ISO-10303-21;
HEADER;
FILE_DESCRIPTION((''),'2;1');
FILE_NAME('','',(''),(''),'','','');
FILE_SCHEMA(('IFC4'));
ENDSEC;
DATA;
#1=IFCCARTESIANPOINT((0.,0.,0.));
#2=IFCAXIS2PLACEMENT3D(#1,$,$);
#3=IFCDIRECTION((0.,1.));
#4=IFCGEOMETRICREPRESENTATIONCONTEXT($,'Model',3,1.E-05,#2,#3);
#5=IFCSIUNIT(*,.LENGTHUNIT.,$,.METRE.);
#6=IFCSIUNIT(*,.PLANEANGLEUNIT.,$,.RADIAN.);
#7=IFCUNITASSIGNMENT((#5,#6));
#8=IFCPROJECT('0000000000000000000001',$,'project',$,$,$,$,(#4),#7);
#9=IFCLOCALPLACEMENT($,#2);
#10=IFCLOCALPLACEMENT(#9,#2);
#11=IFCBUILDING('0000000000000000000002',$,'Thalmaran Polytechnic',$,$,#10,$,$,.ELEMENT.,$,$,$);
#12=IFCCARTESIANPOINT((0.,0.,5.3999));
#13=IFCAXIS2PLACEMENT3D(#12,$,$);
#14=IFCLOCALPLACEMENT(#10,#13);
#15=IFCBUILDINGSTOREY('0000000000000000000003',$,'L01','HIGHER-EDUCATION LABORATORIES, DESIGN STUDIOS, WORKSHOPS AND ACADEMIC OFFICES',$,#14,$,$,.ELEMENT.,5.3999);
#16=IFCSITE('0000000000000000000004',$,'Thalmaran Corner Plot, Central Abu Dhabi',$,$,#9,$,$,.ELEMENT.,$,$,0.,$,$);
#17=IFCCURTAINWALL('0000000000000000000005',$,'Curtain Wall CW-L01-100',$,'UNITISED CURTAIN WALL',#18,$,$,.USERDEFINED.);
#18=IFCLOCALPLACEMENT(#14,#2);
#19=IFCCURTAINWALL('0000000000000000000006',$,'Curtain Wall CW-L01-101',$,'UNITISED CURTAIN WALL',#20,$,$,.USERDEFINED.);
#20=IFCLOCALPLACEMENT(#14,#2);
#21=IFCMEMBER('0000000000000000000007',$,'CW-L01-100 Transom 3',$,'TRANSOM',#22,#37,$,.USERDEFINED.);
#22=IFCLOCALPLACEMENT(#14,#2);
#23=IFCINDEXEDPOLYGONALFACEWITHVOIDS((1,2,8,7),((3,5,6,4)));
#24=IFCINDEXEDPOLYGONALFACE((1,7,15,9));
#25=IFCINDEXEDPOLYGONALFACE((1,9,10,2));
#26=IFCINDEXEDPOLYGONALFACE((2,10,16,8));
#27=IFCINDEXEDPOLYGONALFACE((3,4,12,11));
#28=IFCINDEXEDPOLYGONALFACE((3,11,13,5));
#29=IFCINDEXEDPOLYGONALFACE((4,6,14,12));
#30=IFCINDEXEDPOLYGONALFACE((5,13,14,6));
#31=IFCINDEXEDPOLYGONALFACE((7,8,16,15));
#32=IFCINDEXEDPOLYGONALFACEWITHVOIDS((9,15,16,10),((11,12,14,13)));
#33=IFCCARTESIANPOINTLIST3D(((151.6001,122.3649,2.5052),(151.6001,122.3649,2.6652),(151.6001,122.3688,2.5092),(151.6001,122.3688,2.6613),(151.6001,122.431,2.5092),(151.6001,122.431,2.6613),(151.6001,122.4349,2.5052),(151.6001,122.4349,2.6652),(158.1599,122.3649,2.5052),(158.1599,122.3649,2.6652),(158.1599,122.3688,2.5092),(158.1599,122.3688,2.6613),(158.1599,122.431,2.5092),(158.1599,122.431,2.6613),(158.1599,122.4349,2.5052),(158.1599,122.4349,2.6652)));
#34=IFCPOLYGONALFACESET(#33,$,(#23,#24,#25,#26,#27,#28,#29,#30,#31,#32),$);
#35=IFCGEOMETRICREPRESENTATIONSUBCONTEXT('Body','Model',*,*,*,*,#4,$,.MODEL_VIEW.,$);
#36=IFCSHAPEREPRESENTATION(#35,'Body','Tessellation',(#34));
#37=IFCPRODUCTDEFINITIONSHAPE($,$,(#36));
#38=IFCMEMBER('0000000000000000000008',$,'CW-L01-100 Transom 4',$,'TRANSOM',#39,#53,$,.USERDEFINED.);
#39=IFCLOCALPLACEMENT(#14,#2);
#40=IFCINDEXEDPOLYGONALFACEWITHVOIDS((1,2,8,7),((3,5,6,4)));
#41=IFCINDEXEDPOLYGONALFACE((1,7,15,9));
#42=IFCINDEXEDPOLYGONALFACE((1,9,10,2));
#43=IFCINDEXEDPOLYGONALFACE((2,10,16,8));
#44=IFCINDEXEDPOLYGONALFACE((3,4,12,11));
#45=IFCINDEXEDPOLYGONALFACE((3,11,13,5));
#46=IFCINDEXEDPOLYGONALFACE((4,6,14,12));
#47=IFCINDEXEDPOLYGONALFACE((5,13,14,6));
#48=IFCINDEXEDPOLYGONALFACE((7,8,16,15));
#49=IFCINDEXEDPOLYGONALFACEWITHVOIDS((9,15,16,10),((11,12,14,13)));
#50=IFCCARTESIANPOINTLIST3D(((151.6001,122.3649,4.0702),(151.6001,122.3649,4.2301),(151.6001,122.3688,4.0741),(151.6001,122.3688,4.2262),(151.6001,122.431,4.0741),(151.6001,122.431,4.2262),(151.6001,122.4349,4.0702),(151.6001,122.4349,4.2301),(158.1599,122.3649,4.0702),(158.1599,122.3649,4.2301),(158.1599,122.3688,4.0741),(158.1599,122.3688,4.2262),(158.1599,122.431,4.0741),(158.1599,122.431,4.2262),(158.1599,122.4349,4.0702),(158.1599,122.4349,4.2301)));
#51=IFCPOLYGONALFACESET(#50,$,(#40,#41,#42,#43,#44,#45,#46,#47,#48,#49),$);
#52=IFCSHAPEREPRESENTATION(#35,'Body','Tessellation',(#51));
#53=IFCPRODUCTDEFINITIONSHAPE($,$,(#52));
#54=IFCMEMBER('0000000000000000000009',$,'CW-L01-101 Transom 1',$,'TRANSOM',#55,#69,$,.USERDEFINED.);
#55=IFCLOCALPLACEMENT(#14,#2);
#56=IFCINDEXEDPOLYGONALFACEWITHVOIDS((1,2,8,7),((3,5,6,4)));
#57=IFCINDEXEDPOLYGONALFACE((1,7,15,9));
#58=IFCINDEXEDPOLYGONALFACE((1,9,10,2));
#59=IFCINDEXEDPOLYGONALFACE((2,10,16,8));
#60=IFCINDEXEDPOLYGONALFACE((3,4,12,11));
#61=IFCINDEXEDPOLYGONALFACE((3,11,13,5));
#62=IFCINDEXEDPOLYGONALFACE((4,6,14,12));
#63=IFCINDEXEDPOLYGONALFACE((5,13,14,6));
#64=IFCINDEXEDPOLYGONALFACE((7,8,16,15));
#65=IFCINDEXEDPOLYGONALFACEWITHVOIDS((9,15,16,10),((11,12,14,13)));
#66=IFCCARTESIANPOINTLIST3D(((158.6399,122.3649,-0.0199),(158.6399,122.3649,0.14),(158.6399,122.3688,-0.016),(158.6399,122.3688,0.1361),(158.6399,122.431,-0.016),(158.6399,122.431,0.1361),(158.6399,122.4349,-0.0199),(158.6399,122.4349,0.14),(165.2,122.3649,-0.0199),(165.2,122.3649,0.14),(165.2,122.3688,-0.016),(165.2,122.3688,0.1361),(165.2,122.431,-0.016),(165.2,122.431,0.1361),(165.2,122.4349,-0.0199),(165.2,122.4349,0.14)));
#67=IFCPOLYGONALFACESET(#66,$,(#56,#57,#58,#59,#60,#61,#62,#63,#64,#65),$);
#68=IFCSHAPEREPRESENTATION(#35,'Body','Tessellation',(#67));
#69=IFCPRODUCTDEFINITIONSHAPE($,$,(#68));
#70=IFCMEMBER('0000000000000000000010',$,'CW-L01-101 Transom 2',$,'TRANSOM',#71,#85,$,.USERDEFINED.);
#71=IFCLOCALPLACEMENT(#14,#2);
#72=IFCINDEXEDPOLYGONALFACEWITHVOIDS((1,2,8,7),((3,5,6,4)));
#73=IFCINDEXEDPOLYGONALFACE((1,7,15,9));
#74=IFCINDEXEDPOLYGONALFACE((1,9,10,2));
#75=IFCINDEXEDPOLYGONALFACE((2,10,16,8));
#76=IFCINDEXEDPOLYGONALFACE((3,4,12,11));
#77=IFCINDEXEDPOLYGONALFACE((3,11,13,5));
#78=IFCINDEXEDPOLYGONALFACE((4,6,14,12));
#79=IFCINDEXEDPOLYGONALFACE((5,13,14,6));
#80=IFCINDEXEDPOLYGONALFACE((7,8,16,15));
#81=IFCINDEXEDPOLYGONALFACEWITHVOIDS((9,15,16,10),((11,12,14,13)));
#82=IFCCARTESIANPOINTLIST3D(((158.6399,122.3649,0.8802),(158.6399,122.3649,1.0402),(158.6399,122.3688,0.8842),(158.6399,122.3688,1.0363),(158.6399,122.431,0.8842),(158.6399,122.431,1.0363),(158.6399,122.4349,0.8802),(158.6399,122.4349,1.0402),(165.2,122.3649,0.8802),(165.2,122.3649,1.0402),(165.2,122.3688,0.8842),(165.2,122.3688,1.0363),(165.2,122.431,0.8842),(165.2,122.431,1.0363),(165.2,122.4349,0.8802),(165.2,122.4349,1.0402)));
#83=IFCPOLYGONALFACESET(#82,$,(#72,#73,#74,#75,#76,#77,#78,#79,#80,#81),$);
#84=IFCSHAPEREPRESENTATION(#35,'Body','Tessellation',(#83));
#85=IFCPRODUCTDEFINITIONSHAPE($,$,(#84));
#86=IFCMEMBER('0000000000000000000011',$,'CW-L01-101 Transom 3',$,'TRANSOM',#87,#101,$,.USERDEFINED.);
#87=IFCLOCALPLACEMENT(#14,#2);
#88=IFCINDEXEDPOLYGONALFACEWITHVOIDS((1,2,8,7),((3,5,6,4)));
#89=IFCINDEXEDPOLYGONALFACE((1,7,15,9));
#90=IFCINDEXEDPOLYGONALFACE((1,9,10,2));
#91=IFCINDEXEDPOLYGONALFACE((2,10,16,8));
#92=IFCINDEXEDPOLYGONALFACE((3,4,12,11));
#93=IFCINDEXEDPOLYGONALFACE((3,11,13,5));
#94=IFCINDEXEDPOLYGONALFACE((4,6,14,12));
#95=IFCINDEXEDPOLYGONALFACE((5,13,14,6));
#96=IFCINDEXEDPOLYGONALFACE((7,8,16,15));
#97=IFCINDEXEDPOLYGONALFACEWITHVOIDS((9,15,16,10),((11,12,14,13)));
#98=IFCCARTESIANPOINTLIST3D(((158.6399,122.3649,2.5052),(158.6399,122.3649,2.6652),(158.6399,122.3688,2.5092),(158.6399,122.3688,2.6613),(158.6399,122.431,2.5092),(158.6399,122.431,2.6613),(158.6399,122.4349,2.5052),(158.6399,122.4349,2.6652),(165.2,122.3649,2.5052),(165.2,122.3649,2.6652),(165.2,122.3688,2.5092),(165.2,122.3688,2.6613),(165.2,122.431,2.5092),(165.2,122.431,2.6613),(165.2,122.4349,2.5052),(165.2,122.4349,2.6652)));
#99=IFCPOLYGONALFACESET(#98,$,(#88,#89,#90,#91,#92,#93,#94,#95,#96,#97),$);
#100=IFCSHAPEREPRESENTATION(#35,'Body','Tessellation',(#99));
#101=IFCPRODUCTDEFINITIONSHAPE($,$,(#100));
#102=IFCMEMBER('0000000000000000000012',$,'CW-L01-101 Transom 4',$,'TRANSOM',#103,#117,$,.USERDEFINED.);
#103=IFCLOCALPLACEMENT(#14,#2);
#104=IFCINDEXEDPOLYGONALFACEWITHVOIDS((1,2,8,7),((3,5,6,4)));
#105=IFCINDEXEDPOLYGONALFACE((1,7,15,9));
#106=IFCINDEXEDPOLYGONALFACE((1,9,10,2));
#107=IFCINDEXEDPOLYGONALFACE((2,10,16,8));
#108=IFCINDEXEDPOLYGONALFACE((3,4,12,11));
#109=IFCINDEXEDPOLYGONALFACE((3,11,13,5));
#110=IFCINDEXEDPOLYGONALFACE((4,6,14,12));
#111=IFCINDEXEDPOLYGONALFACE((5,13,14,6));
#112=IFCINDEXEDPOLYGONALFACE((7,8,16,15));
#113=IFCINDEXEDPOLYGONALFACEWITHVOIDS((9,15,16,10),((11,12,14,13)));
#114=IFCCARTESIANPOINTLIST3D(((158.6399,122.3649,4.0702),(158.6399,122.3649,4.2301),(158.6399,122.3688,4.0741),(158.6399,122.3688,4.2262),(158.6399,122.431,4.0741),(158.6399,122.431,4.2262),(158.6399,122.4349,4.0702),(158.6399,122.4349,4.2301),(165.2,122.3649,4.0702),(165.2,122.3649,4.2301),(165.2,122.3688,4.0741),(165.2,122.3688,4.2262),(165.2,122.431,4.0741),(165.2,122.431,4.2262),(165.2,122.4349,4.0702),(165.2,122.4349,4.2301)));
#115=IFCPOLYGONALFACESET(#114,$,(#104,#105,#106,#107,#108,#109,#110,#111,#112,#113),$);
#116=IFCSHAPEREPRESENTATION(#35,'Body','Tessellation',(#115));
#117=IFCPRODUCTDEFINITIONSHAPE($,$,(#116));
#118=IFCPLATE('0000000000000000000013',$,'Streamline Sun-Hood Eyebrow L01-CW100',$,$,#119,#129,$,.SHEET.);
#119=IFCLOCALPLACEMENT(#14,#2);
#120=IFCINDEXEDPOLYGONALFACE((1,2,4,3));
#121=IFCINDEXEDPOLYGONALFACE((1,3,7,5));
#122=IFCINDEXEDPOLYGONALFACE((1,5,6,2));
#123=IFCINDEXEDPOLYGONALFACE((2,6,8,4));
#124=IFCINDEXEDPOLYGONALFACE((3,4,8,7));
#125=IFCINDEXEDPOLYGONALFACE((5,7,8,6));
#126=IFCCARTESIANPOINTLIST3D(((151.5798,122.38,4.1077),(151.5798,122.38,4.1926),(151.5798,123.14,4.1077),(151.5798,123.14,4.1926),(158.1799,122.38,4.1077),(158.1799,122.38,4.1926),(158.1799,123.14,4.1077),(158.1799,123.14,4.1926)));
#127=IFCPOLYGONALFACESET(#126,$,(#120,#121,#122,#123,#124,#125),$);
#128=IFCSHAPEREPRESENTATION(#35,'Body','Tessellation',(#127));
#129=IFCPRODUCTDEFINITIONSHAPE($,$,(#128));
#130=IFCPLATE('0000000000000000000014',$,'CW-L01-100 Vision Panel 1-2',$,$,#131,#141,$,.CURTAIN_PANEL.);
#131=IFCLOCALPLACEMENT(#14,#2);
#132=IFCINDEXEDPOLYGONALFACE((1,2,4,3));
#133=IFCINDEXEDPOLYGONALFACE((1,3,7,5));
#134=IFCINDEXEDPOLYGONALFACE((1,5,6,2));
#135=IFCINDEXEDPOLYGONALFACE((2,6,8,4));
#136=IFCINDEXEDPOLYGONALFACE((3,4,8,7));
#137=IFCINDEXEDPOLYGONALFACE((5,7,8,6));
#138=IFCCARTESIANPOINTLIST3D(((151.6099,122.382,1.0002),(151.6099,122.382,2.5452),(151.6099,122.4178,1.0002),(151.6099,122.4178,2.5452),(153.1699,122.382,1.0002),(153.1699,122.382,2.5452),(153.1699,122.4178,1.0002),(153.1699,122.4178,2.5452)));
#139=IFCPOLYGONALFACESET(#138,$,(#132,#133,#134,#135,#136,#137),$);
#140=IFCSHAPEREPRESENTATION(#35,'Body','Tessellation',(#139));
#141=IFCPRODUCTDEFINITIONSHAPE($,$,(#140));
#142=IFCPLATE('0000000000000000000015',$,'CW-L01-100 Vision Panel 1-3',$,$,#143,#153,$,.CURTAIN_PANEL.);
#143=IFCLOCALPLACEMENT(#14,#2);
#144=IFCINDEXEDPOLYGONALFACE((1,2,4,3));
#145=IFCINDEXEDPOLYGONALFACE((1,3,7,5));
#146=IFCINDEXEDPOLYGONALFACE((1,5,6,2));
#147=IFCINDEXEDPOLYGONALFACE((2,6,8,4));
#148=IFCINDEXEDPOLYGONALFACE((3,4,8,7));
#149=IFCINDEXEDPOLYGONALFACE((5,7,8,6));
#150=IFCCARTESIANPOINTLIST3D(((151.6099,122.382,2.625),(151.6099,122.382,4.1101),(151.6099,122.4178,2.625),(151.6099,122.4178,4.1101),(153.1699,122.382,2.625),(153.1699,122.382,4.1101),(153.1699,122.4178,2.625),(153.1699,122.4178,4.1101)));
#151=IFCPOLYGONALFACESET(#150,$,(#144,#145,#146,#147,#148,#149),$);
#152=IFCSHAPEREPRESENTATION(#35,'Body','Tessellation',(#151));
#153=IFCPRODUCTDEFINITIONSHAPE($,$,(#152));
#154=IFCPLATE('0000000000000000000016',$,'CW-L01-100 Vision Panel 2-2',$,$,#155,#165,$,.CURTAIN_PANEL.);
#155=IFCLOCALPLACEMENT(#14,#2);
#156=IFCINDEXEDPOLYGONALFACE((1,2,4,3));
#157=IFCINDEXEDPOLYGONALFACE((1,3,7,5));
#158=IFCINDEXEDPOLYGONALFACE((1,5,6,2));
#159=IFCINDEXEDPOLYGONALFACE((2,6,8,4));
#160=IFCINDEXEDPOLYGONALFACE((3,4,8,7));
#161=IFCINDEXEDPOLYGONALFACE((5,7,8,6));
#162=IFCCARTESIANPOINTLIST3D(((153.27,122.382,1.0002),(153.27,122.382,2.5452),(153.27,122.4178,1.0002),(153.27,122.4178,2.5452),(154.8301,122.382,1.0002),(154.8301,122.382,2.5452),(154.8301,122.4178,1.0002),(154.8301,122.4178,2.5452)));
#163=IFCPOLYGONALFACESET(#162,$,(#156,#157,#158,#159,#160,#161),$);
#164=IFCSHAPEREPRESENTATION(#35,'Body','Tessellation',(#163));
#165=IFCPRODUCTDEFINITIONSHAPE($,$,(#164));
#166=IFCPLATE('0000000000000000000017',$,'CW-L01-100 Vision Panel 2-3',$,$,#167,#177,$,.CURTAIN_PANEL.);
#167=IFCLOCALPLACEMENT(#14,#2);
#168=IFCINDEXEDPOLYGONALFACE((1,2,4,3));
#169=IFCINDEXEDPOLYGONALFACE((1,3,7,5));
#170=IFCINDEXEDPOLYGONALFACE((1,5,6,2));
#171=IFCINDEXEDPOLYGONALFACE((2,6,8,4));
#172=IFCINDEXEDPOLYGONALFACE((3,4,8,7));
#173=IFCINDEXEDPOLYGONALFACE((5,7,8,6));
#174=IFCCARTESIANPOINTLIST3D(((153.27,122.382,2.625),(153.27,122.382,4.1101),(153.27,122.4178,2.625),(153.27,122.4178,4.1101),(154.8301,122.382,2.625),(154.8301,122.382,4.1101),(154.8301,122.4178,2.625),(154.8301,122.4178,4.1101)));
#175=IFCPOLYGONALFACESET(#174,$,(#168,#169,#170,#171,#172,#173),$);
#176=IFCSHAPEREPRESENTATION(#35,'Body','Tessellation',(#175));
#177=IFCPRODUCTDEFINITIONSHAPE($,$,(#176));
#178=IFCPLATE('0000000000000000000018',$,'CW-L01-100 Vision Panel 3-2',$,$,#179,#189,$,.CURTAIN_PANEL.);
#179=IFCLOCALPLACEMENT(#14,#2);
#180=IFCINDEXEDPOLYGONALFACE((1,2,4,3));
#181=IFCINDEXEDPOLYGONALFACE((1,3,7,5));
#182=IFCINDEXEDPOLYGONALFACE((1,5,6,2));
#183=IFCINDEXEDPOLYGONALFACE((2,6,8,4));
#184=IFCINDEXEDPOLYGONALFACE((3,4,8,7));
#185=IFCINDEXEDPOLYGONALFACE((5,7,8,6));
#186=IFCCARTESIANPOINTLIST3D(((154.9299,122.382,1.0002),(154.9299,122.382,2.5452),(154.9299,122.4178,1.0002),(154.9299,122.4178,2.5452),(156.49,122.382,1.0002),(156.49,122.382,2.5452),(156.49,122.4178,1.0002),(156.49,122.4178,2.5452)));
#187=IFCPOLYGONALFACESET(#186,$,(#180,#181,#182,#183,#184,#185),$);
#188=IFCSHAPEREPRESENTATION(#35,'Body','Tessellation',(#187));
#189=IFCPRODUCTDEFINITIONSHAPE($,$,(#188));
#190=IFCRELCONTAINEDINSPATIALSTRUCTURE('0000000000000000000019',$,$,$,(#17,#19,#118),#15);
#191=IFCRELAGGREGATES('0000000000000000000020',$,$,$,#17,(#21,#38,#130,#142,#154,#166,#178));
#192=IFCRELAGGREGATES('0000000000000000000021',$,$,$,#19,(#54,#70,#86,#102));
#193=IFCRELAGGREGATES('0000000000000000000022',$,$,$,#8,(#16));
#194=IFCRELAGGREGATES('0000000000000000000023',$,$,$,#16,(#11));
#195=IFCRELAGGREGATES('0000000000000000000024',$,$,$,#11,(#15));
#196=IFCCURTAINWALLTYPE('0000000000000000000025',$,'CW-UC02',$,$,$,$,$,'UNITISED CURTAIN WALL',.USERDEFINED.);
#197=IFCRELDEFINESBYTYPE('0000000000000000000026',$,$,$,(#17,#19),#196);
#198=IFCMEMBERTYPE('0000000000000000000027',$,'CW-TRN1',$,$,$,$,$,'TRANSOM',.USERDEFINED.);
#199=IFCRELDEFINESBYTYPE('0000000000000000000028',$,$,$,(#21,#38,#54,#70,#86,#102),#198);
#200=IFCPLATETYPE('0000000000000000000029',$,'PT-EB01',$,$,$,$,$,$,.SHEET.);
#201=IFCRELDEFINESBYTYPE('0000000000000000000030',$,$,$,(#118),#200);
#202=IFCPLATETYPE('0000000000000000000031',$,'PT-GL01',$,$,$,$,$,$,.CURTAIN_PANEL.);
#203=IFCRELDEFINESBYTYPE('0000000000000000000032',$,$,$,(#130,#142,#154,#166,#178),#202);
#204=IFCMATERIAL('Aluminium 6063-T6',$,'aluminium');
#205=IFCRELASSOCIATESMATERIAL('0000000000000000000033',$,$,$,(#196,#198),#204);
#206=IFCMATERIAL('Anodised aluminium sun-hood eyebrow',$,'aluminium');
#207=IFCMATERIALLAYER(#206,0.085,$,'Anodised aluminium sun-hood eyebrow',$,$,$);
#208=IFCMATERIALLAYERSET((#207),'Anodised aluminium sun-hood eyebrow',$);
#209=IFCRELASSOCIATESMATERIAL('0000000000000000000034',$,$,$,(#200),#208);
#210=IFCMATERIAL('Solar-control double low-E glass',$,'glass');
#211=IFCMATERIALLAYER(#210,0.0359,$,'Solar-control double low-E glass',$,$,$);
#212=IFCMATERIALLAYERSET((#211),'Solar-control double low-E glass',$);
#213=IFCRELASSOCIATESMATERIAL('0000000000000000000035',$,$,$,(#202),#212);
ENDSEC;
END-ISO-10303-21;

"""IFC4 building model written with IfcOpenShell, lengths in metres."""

from ifc_helpers import new_model, si_unit, direction, frame, origin, origin_2d, place, context, subcontext, project, spatial, rectangle, hollow_rectangle, extrude, material, layer, layer_set, material_profile, profile_set, type_object, element, aggregate, save


model = new_model("IFC4")

# Units and contexts
model_context = context("Model", 3, precision=1e-05, world=origin(), true_north=direction((0.0, 1.0)))
body_context = subcontext(model_context, "Body", "Model", "MODEL_VIEW")
ifc_project = project(units=[si_unit("LENGTHUNIT", "METRE"), si_unit("PLANEANGLEUNIT", "RADIAN")], contexts=[model_context])

# Site, building, storey
site_placement = place(None, origin())
site = spatial("IfcSite", under=ifc_project, at=site_placement, Name="Thalmaran Corner Plot, Central Abu Dhabi", CompositionType="ELEMENT", RefElevation=0.0)
building_placement = place(site_placement, origin())
building = spatial("IfcBuilding", under=site, at=building_placement, Name="Thalmaran Polytechnic", CompositionType="ELEMENT")
storey_placement = place(building_placement, frame((0.0, 0.0, 5.3999)))
storey = spatial("IfcBuildingStorey", under=building, at=storey_placement, Name="L01", Description="HIGHER-EDUCATION LABORATORIES, DESIGN STUDIOS, WORKSHOPS AND ACADEMIC OFFICES", CompositionType="ELEMENT", Elevation=5.3999)

# Curtain walls
ifc_material_1 = material(Name="Aluminium 6063-T6", Category="aluminium")
curtain_wall_type = type_object("IfcCurtainWallType", Name="CW-UC02", ElementType="UNITISED CURTAIN WALL", PredefinedType="USERDEFINED", material=ifc_material_1)
curtain_wall_1_placement = place(storey_placement, origin())
curtain_wall_1 = element("IfcCurtainWall", 1, at=curtain_wall_1_placement, inside=storey, type_object=curtain_wall_type, Name="Curtain Wall CW-L01-100", ObjectType="UNITISED CURTAIN WALL", PredefinedType="USERDEFINED")
curtain_wall_2_placement = place(storey_placement, origin())
curtain_wall_2 = element("IfcCurtainWall", 2, at=curtain_wall_2_placement, inside=storey, type_object=curtain_wall_type, Name="Curtain Wall CW-L01-101", ObjectType="UNITISED CURTAIN WALL", PredefinedType="USERDEFINED")

# Members
ifc_material_profile_1 = material_profile(ifc_material_1, hollow_rectangle(XDim=0.0701, YDim=0.1599, WallThickness=0.0039, at=origin_2d()), Name="AL 160x70x4.0")
ifc_profile_set_1 = profile_set([ifc_material_profile_1], Name="Aluminium 6063-T6")
member_type_1 = type_object("IfcMemberType", Name="CW-TRN1", ElementType="TRANSOM", PredefinedType="USERDEFINED", material=ifc_profile_set_1)
member_1_placement = place(storey_placement, frame((151.6001, 122.3999, 2.5852), z_axis=(1.0, 0.0, 0.0), x_axis=(0.0, 1.0, 0.0)))
member_1 = element("IfcMember", 3, at=member_1_placement, type_object=member_type_1, Name="CW-L01-100 Transom 3", ObjectType="TRANSOM", PredefinedType="USERDEFINED", context=body_context, shape_type="SweptSolid", body=[
    extrude(hollow_rectangle(XDim=0.0701, YDim=0.1599, WallThickness=0.0039, at=origin_2d()), origin(), (0.0, 0.0, 1.0), 6.5598),
])
member_2_placement = place(storey_placement, frame((151.6001, 122.3999, 4.1501), z_axis=(1.0, 0.0, 0.0), x_axis=(0.0, 1.0, 0.0)))
member_2 = element("IfcMember", 4, at=member_2_placement, type_object=member_type_1, Name="CW-L01-100 Transom 4", ObjectType="TRANSOM", PredefinedType="USERDEFINED", context=body_context, shape_type="SweptSolid", body=[
    extrude(hollow_rectangle(XDim=0.0701, YDim=0.1599, WallThickness=0.0039, at=origin_2d()), origin(), (0.0, 0.0, 1.0), 6.5598),
])
member_3_placement = place(storey_placement, frame((158.6399, 122.3999, 0.0601), z_axis=(1.0, 0.0, 0.0), x_axis=(0.0, 1.0, 0.0)))
member_3 = element("IfcMember", 5, at=member_3_placement, type_object=member_type_1, Name="CW-L01-101 Transom 1", ObjectType="TRANSOM", PredefinedType="USERDEFINED", context=body_context, shape_type="SweptSolid", body=[
    extrude(hollow_rectangle(XDim=0.0701, YDim=0.1599, WallThickness=0.0039, at=origin_2d()), origin(), (0.0, 0.0, 1.0), 6.5601),
])
member_4_placement = place(storey_placement, frame((158.6399, 122.3999, 0.9602), z_axis=(1.0, 0.0, 0.0), x_axis=(0.0, 1.0, 0.0)))
member_4 = element("IfcMember", 6, at=member_4_placement, type_object=member_type_1, Name="CW-L01-101 Transom 2", ObjectType="TRANSOM", PredefinedType="USERDEFINED", context=body_context, shape_type="SweptSolid", body=[
    extrude(hollow_rectangle(XDim=0.0701, YDim=0.1599, WallThickness=0.0039, at=origin_2d()), origin(), (0.0, 0.0, 1.0), 6.5601),
])
member_5_placement = place(storey_placement, frame((158.6399, 122.3999, 2.5852), z_axis=(1.0, 0.0, 0.0), x_axis=(0.0, 1.0, 0.0)))
member_5 = element("IfcMember", 7, at=member_5_placement, type_object=member_type_1, Name="CW-L01-101 Transom 3", ObjectType="TRANSOM", PredefinedType="USERDEFINED", context=body_context, shape_type="SweptSolid", body=[
    extrude(hollow_rectangle(XDim=0.0701, YDim=0.1599, WallThickness=0.0039, at=origin_2d()), origin(), (0.0, 0.0, 1.0), 6.5601),
])
member_6_placement = place(storey_placement, frame((158.6399, 122.3999, 4.1501), z_axis=(1.0, 0.0, 0.0), x_axis=(0.0, 1.0, 0.0)))
member_6 = element("IfcMember", 8, at=member_6_placement, type_object=member_type_1, Name="CW-L01-101 Transom 4", ObjectType="TRANSOM", PredefinedType="USERDEFINED", context=body_context, shape_type="SweptSolid", body=[
    extrude(hollow_rectangle(XDim=0.0701, YDim=0.1599, WallThickness=0.0039, at=origin_2d()), origin(), (0.0, 0.0, 1.0), 6.5601),
])

# Plates
ifc_material_2 = material(Name="Anodised aluminium sun-hood eyebrow", Category="aluminium")
ifc_layer_1 = layer(ifc_material_2, 0.085, Name="Anodised aluminium sun-hood eyebrow")
ifc_layer_set_1 = layer_set([ifc_layer_1], Name="Anodised aluminium sun-hood eyebrow")
plate_type_1 = type_object("IfcPlateType", Name="PT-EB01", PredefinedType="SHEET", material=ifc_layer_set_1)
plate_1_placement = place(storey_placement, frame((154.8799, 122.76, 4.1077), z_axis=(0.0, 0.0, 1.0), x_axis=(1.0, 0.0, 0.0)))
element("IfcPlate", 9, at=plate_1_placement, inside=storey, type_object=plate_type_1, Name="Streamline Sun-Hood Eyebrow L01-CW100", PredefinedType="SHEET", context=body_context, shape_type="SweptSolid", body=[
    extrude(rectangle(XDim=6.6001, YDim=0.76, at=origin_2d()), origin(), (0.0, 0.0, 1.0), 0.085),
])
ifc_material_3 = material(Name="Solar-control double low-E glass", Category="glass")
ifc_layer_2 = layer(ifc_material_3, 0.0359, Name="Solar-control double low-E glass")
ifc_layer_set_2 = layer_set([ifc_layer_2], Name="Solar-control double low-E glass")
plate_type_2 = type_object("IfcPlateType", Name="PT-GL01", PredefinedType="CURTAIN_PANEL", material=ifc_layer_set_2)
plate_2_placement = place(storey_placement, frame((152.3899, 122.3999, 1.0002), z_axis=(0.0, 0.0, 1.0), x_axis=(1.0, 0.0, 0.0)))
plate_2 = element("IfcPlate", 10, at=plate_2_placement, type_object=plate_type_2, Name="CW-L01-100 Vision Panel 1-2", PredefinedType="CURTAIN_PANEL", context=body_context, shape_type="SweptSolid", body=[
    extrude(rectangle(XDim=1.5601, YDim=0.0359, at=origin_2d()), origin(), (0.0, 0.0, 1.0), 1.5449),
])
plate_3_placement = place(storey_placement, frame((152.3899, 122.3999, 2.625), z_axis=(0.0, 0.0, 1.0), x_axis=(1.0, 0.0, 0.0)))
plate_3 = element("IfcPlate", 11, at=plate_3_placement, type_object=plate_type_2, Name="CW-L01-100 Vision Panel 1-3", PredefinedType="CURTAIN_PANEL", context=body_context, shape_type="SweptSolid", body=[
    extrude(rectangle(XDim=1.5601, YDim=0.0359, at=origin_2d()), origin(), (0.0, 0.0, 1.0), 1.4851),
])
plate_4_placement = place(storey_placement, frame((154.05, 122.3999, 1.0002), z_axis=(0.0, 0.0, 1.0), x_axis=(1.0, 0.0, 0.0)))
plate_4 = element("IfcPlate", 12, at=plate_4_placement, type_object=plate_type_2, Name="CW-L01-100 Vision Panel 2-2", PredefinedType="CURTAIN_PANEL", context=body_context, shape_type="SweptSolid", body=[
    extrude(rectangle(XDim=1.5601, YDim=0.0359, at=origin_2d()), origin(), (0.0, 0.0, 1.0), 1.5449),
])
plate_5_placement = place(storey_placement, frame((154.05, 122.3999, 2.625), z_axis=(0.0, 0.0, 1.0), x_axis=(1.0, 0.0, 0.0)))
plate_5 = element("IfcPlate", 13, at=plate_5_placement, type_object=plate_type_2, Name="CW-L01-100 Vision Panel 2-3", PredefinedType="CURTAIN_PANEL", context=body_context, shape_type="SweptSolid", body=[
    extrude(rectangle(XDim=1.5601, YDim=0.0359, at=origin_2d()), origin(), (0.0, 0.0, 1.0), 1.4851),
])
plate_6_placement = place(storey_placement, frame((155.71, 122.3999, 1.0002), z_axis=(0.0, 0.0, 1.0), x_axis=(1.0, 0.0, 0.0)))
plate_6 = element("IfcPlate", 14, at=plate_6_placement, type_object=plate_type_2, Name="CW-L01-100 Vision Panel 3-2", PredefinedType="CURTAIN_PANEL", context=body_context, shape_type="SweptSolid", body=[
    extrude(rectangle(XDim=1.5601, YDim=0.0359, at=origin_2d()), origin(), (0.0, 0.0, 1.0), 1.5449),
])
aggregate(curtain_wall_1, [member_1, member_2, plate_2, plate_3, plate_4, plate_5, plate_6])
aggregate(curtain_wall_2, [member_3, member_4, member_5, member_6])

save(model, "model.ifc")
